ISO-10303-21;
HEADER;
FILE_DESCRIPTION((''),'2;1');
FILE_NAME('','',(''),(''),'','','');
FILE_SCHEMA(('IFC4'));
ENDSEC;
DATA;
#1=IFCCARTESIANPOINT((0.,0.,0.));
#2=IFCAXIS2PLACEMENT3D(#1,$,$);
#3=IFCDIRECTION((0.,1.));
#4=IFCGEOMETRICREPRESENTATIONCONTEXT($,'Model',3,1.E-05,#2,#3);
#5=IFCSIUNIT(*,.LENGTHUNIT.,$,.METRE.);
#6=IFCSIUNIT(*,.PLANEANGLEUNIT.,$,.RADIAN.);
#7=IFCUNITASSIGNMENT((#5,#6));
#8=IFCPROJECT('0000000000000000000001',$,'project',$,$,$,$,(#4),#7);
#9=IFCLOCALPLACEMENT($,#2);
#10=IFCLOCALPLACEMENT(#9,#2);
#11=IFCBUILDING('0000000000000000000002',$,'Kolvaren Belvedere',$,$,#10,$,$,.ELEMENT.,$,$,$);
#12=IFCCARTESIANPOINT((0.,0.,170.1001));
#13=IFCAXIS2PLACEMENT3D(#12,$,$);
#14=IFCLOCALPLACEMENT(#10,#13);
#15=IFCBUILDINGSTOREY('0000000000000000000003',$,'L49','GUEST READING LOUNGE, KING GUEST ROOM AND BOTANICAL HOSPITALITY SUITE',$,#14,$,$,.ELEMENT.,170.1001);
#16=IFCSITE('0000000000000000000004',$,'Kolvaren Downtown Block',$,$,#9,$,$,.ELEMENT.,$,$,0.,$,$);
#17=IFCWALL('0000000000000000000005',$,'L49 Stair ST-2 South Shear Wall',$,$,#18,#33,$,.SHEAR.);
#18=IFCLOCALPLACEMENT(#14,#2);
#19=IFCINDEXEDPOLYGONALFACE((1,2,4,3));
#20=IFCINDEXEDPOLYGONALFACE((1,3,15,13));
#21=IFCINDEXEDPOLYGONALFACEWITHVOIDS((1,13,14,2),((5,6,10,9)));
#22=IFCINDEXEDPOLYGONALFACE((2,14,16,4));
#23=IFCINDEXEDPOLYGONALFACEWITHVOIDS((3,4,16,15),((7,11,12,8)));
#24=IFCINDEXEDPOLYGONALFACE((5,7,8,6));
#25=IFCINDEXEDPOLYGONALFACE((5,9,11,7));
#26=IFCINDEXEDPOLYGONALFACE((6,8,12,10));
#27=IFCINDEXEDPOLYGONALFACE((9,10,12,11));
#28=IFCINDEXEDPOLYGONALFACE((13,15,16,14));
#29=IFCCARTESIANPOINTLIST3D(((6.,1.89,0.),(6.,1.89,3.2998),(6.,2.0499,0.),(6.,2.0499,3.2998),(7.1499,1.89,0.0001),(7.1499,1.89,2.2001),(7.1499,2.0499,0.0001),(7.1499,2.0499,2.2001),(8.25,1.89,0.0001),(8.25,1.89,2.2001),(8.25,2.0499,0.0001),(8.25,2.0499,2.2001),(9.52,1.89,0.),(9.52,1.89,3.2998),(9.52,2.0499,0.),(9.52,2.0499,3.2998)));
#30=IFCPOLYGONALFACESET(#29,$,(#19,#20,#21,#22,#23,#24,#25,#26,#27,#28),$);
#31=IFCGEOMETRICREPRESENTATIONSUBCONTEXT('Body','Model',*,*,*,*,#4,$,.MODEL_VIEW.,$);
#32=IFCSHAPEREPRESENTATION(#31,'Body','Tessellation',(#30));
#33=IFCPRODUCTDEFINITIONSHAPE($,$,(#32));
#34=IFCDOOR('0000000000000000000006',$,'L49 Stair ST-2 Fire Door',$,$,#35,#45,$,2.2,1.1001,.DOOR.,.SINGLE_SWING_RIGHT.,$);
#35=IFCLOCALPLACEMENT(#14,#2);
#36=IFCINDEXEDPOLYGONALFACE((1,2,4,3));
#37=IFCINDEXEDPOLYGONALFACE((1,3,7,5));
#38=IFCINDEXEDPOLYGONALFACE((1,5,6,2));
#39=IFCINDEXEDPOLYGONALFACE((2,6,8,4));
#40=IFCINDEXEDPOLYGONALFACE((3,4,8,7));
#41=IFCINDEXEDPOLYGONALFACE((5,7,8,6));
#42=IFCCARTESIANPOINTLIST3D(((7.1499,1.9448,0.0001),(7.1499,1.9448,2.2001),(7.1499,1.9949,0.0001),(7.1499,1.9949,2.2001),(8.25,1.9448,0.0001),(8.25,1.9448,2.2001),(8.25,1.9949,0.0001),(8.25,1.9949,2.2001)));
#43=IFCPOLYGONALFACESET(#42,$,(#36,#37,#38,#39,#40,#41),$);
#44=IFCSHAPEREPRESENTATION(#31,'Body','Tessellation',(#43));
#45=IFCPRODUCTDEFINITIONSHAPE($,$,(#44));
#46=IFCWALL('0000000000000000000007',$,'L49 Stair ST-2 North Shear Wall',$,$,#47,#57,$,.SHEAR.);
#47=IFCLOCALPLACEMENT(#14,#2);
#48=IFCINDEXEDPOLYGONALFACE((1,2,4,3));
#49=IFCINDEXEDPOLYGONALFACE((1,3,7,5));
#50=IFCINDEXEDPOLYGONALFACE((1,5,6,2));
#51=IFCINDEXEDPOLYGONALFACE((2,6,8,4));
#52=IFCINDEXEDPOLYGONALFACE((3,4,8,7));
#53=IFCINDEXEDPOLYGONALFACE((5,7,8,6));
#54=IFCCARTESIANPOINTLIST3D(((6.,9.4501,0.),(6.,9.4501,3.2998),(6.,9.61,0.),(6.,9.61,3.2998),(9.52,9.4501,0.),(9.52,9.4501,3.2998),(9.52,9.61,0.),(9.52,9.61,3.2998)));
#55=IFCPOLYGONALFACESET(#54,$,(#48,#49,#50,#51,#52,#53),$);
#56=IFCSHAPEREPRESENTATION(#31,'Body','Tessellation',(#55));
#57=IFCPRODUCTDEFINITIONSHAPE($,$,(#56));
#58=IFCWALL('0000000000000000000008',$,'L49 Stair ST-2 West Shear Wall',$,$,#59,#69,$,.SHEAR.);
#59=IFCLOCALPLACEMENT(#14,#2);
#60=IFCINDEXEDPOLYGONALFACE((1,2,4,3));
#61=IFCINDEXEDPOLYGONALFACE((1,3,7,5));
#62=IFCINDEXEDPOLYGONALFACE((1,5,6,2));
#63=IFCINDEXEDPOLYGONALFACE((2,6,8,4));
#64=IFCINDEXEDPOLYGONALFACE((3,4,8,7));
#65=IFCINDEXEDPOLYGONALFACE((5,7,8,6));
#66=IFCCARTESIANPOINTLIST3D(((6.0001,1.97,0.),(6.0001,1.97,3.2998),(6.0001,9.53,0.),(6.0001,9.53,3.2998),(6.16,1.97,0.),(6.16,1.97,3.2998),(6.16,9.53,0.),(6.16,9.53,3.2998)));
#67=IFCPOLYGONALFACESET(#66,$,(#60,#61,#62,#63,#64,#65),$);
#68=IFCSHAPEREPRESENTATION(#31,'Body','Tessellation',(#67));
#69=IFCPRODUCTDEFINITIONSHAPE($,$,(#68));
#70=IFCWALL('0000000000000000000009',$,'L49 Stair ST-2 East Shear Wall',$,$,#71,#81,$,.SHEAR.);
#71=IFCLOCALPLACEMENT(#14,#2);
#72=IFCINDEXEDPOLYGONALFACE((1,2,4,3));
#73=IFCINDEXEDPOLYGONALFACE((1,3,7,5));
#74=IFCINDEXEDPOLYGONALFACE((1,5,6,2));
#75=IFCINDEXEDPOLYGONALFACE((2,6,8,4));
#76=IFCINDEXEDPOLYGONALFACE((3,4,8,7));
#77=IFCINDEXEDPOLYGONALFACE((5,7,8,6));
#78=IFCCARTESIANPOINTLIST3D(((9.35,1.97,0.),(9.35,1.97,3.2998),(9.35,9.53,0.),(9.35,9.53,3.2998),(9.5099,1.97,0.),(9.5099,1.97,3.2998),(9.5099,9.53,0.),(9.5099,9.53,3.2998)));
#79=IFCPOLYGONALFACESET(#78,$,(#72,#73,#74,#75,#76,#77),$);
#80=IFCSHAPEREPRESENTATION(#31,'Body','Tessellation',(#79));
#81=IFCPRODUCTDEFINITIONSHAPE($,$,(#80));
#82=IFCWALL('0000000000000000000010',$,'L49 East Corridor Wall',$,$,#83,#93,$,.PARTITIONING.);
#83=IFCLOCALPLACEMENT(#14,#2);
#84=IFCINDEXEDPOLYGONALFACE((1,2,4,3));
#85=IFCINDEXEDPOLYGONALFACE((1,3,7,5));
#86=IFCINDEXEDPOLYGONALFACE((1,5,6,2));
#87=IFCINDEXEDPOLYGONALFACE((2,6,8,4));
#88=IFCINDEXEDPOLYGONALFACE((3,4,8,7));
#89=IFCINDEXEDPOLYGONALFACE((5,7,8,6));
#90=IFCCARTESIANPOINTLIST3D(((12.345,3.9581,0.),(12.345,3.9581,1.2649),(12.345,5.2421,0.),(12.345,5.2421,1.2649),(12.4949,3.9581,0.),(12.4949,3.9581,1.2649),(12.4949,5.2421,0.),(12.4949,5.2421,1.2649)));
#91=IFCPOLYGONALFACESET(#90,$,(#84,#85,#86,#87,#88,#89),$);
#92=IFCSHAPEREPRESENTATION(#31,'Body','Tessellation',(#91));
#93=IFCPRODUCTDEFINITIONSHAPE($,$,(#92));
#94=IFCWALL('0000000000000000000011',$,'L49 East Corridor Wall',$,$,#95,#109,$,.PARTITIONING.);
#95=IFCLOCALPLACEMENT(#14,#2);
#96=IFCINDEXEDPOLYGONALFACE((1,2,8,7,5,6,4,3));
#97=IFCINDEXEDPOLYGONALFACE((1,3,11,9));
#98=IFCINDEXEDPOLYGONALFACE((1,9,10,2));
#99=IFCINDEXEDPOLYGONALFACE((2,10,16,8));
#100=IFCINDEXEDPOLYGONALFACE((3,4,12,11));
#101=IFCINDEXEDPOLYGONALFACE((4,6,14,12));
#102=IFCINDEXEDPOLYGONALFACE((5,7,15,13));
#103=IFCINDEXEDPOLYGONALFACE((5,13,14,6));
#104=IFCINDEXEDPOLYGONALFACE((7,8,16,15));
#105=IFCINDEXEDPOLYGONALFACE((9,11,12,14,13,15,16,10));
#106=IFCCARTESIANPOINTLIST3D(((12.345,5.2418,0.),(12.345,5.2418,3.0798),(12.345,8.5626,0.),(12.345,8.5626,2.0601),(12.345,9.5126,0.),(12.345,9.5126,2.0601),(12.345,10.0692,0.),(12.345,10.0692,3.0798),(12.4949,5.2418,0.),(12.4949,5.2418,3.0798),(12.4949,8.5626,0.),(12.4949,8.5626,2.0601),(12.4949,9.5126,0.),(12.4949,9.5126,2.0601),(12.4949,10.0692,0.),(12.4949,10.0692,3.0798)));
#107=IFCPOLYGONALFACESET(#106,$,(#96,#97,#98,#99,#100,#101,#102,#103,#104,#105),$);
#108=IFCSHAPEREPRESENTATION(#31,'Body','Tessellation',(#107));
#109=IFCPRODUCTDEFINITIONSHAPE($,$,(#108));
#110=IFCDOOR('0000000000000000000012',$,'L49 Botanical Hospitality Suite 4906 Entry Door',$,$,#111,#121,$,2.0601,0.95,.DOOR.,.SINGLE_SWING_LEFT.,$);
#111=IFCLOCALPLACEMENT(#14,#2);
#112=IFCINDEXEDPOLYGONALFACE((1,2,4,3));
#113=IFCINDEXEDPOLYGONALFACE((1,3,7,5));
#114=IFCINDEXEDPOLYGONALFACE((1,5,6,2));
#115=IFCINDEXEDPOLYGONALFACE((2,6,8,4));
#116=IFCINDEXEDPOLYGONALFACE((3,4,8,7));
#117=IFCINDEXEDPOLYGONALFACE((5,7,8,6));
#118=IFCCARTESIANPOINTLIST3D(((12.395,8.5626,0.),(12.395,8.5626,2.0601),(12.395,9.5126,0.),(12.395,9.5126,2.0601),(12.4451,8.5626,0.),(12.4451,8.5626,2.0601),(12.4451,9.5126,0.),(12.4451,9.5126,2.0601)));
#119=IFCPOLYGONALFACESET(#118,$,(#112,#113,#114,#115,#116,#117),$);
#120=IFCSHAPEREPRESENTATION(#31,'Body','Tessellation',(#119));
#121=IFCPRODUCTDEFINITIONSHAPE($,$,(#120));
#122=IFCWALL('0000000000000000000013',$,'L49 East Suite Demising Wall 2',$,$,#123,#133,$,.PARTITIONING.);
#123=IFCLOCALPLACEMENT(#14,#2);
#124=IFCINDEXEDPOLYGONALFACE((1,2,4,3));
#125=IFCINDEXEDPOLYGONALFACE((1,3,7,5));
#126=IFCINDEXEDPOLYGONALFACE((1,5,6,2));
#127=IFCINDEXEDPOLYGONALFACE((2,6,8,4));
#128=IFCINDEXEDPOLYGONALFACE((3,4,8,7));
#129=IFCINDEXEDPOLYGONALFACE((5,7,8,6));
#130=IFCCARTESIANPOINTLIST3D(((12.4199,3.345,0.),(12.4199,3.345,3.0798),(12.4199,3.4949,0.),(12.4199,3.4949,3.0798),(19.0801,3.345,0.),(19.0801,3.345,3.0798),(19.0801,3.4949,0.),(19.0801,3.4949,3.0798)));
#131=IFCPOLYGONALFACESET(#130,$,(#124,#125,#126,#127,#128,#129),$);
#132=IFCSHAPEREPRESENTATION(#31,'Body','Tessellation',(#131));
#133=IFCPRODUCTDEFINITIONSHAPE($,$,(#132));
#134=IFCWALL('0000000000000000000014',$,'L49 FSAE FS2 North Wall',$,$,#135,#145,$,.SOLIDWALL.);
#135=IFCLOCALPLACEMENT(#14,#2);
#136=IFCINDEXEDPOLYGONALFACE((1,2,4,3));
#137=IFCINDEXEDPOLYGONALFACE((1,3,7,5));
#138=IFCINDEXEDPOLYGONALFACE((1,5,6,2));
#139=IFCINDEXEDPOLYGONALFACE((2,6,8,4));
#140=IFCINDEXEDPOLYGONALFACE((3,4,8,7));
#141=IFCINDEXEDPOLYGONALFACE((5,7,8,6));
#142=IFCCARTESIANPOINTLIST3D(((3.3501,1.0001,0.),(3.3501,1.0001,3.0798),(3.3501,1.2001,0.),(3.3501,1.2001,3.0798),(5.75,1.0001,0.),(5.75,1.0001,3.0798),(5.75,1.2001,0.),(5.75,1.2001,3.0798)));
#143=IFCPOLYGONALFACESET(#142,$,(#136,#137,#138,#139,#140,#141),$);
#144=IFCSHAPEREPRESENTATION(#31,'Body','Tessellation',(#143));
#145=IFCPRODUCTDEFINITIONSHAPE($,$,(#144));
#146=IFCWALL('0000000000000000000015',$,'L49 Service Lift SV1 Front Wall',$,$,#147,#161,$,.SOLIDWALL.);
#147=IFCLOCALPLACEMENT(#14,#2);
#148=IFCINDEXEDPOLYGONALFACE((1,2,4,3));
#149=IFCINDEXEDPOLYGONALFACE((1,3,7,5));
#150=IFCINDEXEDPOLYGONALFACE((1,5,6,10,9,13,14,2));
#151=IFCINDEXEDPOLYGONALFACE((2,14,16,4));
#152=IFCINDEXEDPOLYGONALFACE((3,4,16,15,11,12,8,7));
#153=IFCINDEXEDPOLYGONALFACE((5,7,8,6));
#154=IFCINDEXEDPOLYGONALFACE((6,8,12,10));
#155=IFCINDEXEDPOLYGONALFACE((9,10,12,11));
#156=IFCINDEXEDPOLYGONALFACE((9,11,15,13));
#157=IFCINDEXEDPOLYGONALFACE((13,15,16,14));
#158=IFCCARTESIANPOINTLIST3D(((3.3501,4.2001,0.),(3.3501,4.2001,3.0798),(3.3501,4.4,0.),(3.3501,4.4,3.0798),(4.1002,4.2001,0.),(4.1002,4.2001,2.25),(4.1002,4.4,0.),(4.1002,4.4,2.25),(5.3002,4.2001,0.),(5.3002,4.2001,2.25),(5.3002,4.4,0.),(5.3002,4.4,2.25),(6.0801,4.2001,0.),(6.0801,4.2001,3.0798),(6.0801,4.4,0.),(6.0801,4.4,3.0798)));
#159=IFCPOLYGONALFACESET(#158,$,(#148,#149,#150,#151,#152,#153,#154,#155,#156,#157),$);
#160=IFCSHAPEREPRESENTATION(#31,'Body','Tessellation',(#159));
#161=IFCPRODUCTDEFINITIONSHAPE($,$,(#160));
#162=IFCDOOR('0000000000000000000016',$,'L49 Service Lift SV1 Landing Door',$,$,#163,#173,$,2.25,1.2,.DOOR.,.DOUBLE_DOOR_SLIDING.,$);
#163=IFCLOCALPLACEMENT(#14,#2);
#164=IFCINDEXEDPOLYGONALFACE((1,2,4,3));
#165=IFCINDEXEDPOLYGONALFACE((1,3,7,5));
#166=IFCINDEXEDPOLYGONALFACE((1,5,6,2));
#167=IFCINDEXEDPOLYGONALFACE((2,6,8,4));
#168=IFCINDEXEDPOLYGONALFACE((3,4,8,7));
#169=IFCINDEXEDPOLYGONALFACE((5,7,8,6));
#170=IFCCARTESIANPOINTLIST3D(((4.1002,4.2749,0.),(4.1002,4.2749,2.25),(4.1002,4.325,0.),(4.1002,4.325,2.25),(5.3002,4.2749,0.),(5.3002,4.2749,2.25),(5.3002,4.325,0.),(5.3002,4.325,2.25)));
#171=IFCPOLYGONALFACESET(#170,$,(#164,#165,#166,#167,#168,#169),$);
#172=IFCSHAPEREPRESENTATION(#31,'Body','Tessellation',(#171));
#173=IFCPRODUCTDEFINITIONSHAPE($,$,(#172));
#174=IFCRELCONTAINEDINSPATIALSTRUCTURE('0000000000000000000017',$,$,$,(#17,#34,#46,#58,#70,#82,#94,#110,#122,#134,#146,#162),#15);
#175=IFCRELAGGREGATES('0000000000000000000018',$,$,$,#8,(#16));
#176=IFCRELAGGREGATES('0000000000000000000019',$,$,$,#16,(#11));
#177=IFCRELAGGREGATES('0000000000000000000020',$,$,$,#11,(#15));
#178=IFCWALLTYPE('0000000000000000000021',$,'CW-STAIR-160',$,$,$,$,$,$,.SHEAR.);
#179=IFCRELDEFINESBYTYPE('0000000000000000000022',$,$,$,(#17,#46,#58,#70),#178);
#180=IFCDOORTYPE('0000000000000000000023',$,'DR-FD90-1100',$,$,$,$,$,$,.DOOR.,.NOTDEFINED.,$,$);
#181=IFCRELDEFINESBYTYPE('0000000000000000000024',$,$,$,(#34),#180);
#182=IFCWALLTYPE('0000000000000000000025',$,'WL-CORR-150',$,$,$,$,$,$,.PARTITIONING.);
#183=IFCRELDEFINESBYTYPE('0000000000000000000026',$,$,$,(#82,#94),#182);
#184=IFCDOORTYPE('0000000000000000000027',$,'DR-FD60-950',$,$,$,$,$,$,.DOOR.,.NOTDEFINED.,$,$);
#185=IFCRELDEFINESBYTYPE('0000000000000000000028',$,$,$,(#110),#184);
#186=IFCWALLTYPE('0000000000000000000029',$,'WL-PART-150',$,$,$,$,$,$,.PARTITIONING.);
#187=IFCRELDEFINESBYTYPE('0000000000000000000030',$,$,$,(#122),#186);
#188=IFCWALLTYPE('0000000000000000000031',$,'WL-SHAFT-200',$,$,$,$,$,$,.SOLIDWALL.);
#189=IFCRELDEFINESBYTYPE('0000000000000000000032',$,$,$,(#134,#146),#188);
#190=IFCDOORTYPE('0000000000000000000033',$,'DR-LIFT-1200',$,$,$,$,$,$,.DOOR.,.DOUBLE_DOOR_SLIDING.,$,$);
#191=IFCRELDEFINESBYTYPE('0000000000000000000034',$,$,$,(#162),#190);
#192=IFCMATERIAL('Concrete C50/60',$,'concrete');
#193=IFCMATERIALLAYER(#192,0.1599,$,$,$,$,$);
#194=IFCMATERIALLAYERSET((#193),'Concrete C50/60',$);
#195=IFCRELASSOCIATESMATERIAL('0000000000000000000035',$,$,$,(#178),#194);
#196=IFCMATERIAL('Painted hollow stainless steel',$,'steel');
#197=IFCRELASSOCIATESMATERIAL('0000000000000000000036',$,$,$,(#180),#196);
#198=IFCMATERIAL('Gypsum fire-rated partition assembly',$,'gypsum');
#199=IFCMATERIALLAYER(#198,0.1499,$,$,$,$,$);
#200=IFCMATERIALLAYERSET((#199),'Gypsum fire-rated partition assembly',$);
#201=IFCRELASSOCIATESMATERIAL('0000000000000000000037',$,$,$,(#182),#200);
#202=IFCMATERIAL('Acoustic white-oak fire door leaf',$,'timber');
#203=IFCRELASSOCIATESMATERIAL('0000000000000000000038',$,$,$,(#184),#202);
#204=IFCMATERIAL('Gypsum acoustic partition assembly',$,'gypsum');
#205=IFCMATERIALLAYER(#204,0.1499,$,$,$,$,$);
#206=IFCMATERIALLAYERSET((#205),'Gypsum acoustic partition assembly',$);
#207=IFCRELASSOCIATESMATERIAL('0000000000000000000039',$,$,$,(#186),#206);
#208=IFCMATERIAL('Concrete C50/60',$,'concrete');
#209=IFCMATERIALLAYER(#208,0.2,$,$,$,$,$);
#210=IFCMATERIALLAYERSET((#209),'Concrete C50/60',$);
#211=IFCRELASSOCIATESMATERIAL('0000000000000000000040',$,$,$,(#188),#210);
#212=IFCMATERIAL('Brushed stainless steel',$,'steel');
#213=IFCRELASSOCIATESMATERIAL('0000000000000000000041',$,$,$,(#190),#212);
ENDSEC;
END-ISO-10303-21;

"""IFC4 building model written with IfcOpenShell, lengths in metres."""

from ifc_helpers import new_model, si_unit, direction, frame, frame_2d, origin, place, context, subcontext, project, spatial, rectangle, extrude, material, layer, layer_set, type_object, element, fill, save


model = new_model("IFC4")

# Units and contexts
model_context = context("Model", 3, precision=1e-05, world=origin(), true_north=direction((0.0, 1.0)))
body_context = subcontext(model_context, "Body", "Model", "MODEL_VIEW")
ifc_project = project(units=[si_unit("LENGTHUNIT", "METRE"), si_unit("PLANEANGLEUNIT", "RADIAN")], contexts=[model_context])

# Site, building, storey
site_placement = place(None, origin())
site = spatial("IfcSite", under=ifc_project, at=site_placement, Name="Kolvaren Downtown Block", CompositionType="ELEMENT", RefElevation=0.0)
building_placement = place(site_placement, origin())
building = spatial("IfcBuilding", under=site, at=building_placement, Name="Kolvaren Belvedere", CompositionType="ELEMENT")
storey_placement = place(building_placement, frame((0.0, 0.0, 170.1001)))
storey = spatial("IfcBuildingStorey", under=building, at=storey_placement, Name="L49", Description="GUEST READING LOUNGE, KING GUEST ROOM AND BOTANICAL HOSPITALITY SUITE", CompositionType="ELEMENT", Elevation=170.1001)

# Wall, opening, door
ifc_material_1 = material(Name="Concrete C50/60", Category="concrete")
ifc_layer_1 = layer(ifc_material_1, 0.1599)
ifc_layer_set_1 = layer_set([ifc_layer_1], Name="Concrete C50/60")
wall_type_1 = type_object("IfcWallType", Name="CW-STAIR-160", PredefinedType="SHEAR", material=ifc_layer_set_1)
wall_1_placement = place(storey_placement, frame((6.0, 1.97, 0.0), z_axis=(0.0, 0.0, 1.0), x_axis=(1.0, 0.0, 0.0)))
wall_1 = element("IfcWall", 1, at=wall_1_placement, inside=storey, type_object=wall_type_1, Name="L49 Stair ST-2 South Shear Wall", PredefinedType="SHEAR", context=body_context, shape_type="SweptSolid", body=[
    extrude(rectangle(XDim=3.52, YDim=0.1599, at=frame_2d((1.76, 0.0))), origin(), (0.0, 0.0, 1.0), 3.2998),
])
opening_1_placement = place(wall_1_placement, frame((1.1499, 0.0, 0.0)))
opening_1 = element("IfcOpeningElement", 2, at=opening_1_placement, cuts=wall_1, PredefinedType="OPENING", context=body_context, shape_type="SweptSolid", body=[
    extrude(rectangle(XDim=1.1001, YDim=2.2, at=frame_2d((0.55, 1.1001))), frame((0.0, 0.0898, 0.0), z_axis=(0.0, -1.0, 0.0), x_axis=(1.0, 0.0, 0.0)), (0.0, 0.0, 1.0), 0.1799),
])
ifc_material_2 = material(Name="Painted hollow stainless steel", Category="steel")
door_type_1 = type_object("IfcDoorType", Name="DR-FD90-1100", OperationType="NOTDEFINED", PredefinedType="DOOR", material=ifc_material_2)
door_1_placement = place(opening_1_placement, origin())
door_1 = element("IfcDoor", 3, at=door_1_placement, inside=storey, type_object=door_type_1, Name="L49 Stair ST-2 Fire Door", OperationType="SINGLE_SWING_RIGHT", OverallHeight=2.2, OverallWidth=1.1001, PredefinedType="DOOR", context=body_context, shape_type="SweptSolid", body=[
    extrude(rectangle(XDim=1.1001, YDim=2.2, at=frame_2d((0.55, 1.1001))), frame((0.0, 0.0249, 0.0), z_axis=(0.0, -1.0, 0.0), x_axis=(1.0, 0.0, 0.0)), (0.0, 0.0, 1.0), 0.05),
])
fill(opening_1, door_1)

# Walls
wall_2_placement = place(storey_placement, frame((6.0, 9.53, 0.0), z_axis=(0.0, 0.0, 1.0), x_axis=(1.0, 0.0, 0.0)))
element("IfcWall", 4, at=wall_2_placement, inside=storey, type_object=wall_type_1, Name="L49 Stair ST-2 North Shear Wall", PredefinedType="SHEAR", context=body_context, shape_type="SweptSolid", body=[
    extrude(rectangle(XDim=3.52, YDim=0.1599, at=frame_2d((1.76, 0.0))), origin(), (0.0, 0.0, 1.0), 3.2998),
])
for number, where, z_axis, x_axis, name in (
    (5, (6.0801, 1.97, 0.0), (0.0, 0.0, 1.0), (0.0, 1.0, 0.0), "L49 Stair ST-2 West Shear Wall"),
    (6, (9.4299, 1.97, 0.0), (0.0, 0.0, 1.0), (0.0, 1.0, 0.0), "L49 Stair ST-2 East Shear Wall"),
):
    element("IfcWall", number, at=place(storey_placement, frame(where, z_axis=z_axis, x_axis=x_axis)), inside=storey, type_object=wall_type_1, Name=name, PredefinedType="SHEAR", context=body_context, shape_type="SweptSolid", body=[
        extrude(rectangle(XDim=7.5601, YDim=0.1599, at=frame_2d((3.78, 0.0))), origin(), (0.0, 0.0, 1.0), 3.2998),
    ])
ifc_material_3 = material(Name="Gypsum fire-rated partition assembly", Category="gypsum")
ifc_layer_2 = layer(ifc_material_3, 0.1499)
ifc_layer_set_2 = layer_set([ifc_layer_2], Name="Gypsum fire-rated partition assembly")
wall_type_2 = type_object("IfcWallType", Name="WL-CORR-150", PredefinedType="PARTITIONING", material=ifc_layer_set_2)
wall_3_placement = place(storey_placement, frame((12.4199, 3.958, 0.0), z_axis=(0.0, 0.0, 1.0), x_axis=(0.0, 1.0, 0.0)))
element("IfcWall", 7, at=wall_3_placement, inside=storey, type_object=wall_type_2, Name="L49 East Corridor Wall", PredefinedType="PARTITIONING", context=body_context, shape_type="SweptSolid", body=[
    extrude(rectangle(XDim=1.2839, YDim=0.1499, at=frame_2d((0.6421, 0.0))), origin(), (0.0, 0.0, 1.0), 1.2649),
])

# Wall, opening, door
wall_4_placement = place(storey_placement, frame((12.4199, 5.2419, 0.0), z_axis=(0.0, 0.0, 1.0), x_axis=(0.0, 1.0, 0.0)))
wall_4 = element("IfcWall", 8, at=wall_4_placement, inside=storey, type_object=wall_type_2, Name="L49 East Corridor Wall", PredefinedType="PARTITIONING", context=body_context, shape_type="SweptSolid", body=[
    extrude(rectangle(XDim=4.8274, YDim=0.1499, at=frame_2d((2.4136, 0.0))), origin(), (0.0, 0.0, 1.0), 3.0798),
])
opening_2_placement = place(wall_4_placement, frame((3.3206, 0.0, 0.0)))
opening_2 = element("IfcOpeningElement", 9, at=opening_2_placement, cuts=wall_4, PredefinedType="OPENING", context=body_context, shape_type="SweptSolid", body=[
    extrude(rectangle(XDim=0.95, YDim=2.0601, at=frame_2d((0.4751, 1.03))), frame((0.0, 0.085, 0.0), z_axis=(0.0, -1.0, 0.0), x_axis=(1.0, 0.0, 0.0)), (0.0, 0.0, 1.0), 0.1699),
])
ifc_material_4 = material(Name="Acoustic white-oak fire door leaf", Category="timber")
door_type_2 = type_object("IfcDoorType", Name="DR-FD60-950", OperationType="NOTDEFINED", PredefinedType="DOOR", material=ifc_material_4)
door_2_placement = place(opening_2_placement, origin())
door_2 = element("IfcDoor", 10, at=door_2_placement, inside=storey, type_object=door_type_2, Name="L49 Botanical Hospitality Suite 4906 Entry Door", OperationType="SINGLE_SWING_LEFT", OverallHeight=2.0601, OverallWidth=0.95, PredefinedType="DOOR", context=body_context, shape_type="SweptSolid", body=[
    extrude(rectangle(XDim=0.95, YDim=2.0601, at=frame_2d((0.4751, 1.03))), frame((0.0, 0.0249, 0.0), z_axis=(0.0, -1.0, 0.0), x_axis=(1.0, 0.0, 0.0)), (0.0, 0.0, 1.0), 0.05),
])
fill(opening_2, door_2)

# Walls
ifc_material_5 = material(Name="Gypsum acoustic partition assembly", Category="gypsum")
ifc_layer_3 = layer(ifc_material_5, 0.1499)
ifc_layer_set_3 = layer_set([ifc_layer_3], Name="Gypsum acoustic partition assembly")
wall_type_3 = type_object("IfcWallType", Name="WL-PART-150", PredefinedType="PARTITIONING", material=ifc_layer_set_3)
wall_5_placement = place(storey_placement, frame((12.4199, 3.4199, 0.0), z_axis=(0.0, 0.0, 1.0), x_axis=(1.0, 0.0, 0.0)))
element("IfcWall", 11, at=wall_5_placement, inside=storey, type_object=wall_type_3, Name="L49 East Suite Demising Wall 2", PredefinedType="PARTITIONING", context=body_context, shape_type="SweptSolid", body=[
    extrude(rectangle(XDim=6.6602, YDim=0.1499, at=frame_2d((3.3301, 0.0))), origin(), (0.0, 0.0, 1.0), 3.0798),
])
ifc_material_6 = material(Name="Concrete C50/60", Category="concrete")
ifc_layer_4 = layer(ifc_material_6, 0.2)
ifc_layer_set_4 = layer_set([ifc_layer_4], Name="Concrete C50/60")
wall_type_4 = type_object("IfcWallType", Name="WL-SHAFT-200", PredefinedType="SOLIDWALL", material=ifc_layer_set_4)
wall_6_placement = place(storey_placement, frame((3.3501, 1.1001, 0.0), z_axis=(0.0, 0.0, 1.0), x_axis=(1.0, 0.0, 0.0)))
element("IfcWall", 12, at=wall_6_placement, inside=storey, type_object=wall_type_4, Name="L49 FSAE FS2 North Wall", PredefinedType="SOLIDWALL", context=body_context, shape_type="SweptSolid", body=[
    extrude(rectangle(XDim=2.3999, YDim=0.2, at=frame_2d((1.2, 0.0))), origin(), (0.0, 0.0, 1.0), 3.0798),
])

# Wall, opening, door
wall_7_placement = place(storey_placement, frame((3.3501, 4.3, 0.0), z_axis=(0.0, 0.0, 1.0), x_axis=(1.0, 0.0, 0.0)))
wall_7 = element("IfcWall", 13, at=wall_7_placement, inside=storey, type_object=wall_type_4, Name="L49 Service Lift SV1 Front Wall", PredefinedType="SOLIDWALL", context=body_context, shape_type="SweptSolid", body=[
    extrude(rectangle(XDim=2.73, YDim=0.2, at=frame_2d((1.365, 0.0))), origin(), (0.0, 0.0, 1.0), 3.0798),
])
opening_3_placement = place(wall_7_placement, frame((0.75, 0.0, 0.0)))
opening_3 = element("IfcOpeningElement", 14, at=opening_3_placement, cuts=wall_7, PredefinedType="OPENING", context=body_context, shape_type="SweptSolid", body=[
    extrude(rectangle(XDim=1.2, YDim=2.25, at=frame_2d((0.6001, 1.125))), frame((0.0, 0.1099, 0.0), z_axis=(0.0, -1.0, 0.0), x_axis=(1.0, 0.0, 0.0)), (0.0, 0.0, 1.0), 0.22),
])
ifc_material_7 = material(Name="Brushed stainless steel", Category="steel")
door_type_3 = type_object("IfcDoorType", Name="DR-LIFT-1200", OperationType="DOUBLE_DOOR_SLIDING", PredefinedType="DOOR", material=ifc_material_7)
door_3_placement = place(opening_3_placement, origin())
door_3 = element("IfcDoor", 15, at=door_3_placement, inside=storey, type_object=door_type_3, Name="L49 Service Lift SV1 Landing Door", OperationType="DOUBLE_DOOR_SLIDING", OverallHeight=2.25, OverallWidth=1.2, PredefinedType="DOOR", context=body_context, shape_type="SweptSolid", body=[
    extrude(rectangle(XDim=1.2, YDim=2.25, at=frame_2d((0.6001, 1.125))), frame((0.0, 0.0249, 0.0), z_axis=(0.0, -1.0, 0.0), x_axis=(1.0, 0.0, 0.0)), (0.0, 0.0, 1.0), 0.05),
])
fill(opening_3, door_3)

save(model, "model.ifc")
